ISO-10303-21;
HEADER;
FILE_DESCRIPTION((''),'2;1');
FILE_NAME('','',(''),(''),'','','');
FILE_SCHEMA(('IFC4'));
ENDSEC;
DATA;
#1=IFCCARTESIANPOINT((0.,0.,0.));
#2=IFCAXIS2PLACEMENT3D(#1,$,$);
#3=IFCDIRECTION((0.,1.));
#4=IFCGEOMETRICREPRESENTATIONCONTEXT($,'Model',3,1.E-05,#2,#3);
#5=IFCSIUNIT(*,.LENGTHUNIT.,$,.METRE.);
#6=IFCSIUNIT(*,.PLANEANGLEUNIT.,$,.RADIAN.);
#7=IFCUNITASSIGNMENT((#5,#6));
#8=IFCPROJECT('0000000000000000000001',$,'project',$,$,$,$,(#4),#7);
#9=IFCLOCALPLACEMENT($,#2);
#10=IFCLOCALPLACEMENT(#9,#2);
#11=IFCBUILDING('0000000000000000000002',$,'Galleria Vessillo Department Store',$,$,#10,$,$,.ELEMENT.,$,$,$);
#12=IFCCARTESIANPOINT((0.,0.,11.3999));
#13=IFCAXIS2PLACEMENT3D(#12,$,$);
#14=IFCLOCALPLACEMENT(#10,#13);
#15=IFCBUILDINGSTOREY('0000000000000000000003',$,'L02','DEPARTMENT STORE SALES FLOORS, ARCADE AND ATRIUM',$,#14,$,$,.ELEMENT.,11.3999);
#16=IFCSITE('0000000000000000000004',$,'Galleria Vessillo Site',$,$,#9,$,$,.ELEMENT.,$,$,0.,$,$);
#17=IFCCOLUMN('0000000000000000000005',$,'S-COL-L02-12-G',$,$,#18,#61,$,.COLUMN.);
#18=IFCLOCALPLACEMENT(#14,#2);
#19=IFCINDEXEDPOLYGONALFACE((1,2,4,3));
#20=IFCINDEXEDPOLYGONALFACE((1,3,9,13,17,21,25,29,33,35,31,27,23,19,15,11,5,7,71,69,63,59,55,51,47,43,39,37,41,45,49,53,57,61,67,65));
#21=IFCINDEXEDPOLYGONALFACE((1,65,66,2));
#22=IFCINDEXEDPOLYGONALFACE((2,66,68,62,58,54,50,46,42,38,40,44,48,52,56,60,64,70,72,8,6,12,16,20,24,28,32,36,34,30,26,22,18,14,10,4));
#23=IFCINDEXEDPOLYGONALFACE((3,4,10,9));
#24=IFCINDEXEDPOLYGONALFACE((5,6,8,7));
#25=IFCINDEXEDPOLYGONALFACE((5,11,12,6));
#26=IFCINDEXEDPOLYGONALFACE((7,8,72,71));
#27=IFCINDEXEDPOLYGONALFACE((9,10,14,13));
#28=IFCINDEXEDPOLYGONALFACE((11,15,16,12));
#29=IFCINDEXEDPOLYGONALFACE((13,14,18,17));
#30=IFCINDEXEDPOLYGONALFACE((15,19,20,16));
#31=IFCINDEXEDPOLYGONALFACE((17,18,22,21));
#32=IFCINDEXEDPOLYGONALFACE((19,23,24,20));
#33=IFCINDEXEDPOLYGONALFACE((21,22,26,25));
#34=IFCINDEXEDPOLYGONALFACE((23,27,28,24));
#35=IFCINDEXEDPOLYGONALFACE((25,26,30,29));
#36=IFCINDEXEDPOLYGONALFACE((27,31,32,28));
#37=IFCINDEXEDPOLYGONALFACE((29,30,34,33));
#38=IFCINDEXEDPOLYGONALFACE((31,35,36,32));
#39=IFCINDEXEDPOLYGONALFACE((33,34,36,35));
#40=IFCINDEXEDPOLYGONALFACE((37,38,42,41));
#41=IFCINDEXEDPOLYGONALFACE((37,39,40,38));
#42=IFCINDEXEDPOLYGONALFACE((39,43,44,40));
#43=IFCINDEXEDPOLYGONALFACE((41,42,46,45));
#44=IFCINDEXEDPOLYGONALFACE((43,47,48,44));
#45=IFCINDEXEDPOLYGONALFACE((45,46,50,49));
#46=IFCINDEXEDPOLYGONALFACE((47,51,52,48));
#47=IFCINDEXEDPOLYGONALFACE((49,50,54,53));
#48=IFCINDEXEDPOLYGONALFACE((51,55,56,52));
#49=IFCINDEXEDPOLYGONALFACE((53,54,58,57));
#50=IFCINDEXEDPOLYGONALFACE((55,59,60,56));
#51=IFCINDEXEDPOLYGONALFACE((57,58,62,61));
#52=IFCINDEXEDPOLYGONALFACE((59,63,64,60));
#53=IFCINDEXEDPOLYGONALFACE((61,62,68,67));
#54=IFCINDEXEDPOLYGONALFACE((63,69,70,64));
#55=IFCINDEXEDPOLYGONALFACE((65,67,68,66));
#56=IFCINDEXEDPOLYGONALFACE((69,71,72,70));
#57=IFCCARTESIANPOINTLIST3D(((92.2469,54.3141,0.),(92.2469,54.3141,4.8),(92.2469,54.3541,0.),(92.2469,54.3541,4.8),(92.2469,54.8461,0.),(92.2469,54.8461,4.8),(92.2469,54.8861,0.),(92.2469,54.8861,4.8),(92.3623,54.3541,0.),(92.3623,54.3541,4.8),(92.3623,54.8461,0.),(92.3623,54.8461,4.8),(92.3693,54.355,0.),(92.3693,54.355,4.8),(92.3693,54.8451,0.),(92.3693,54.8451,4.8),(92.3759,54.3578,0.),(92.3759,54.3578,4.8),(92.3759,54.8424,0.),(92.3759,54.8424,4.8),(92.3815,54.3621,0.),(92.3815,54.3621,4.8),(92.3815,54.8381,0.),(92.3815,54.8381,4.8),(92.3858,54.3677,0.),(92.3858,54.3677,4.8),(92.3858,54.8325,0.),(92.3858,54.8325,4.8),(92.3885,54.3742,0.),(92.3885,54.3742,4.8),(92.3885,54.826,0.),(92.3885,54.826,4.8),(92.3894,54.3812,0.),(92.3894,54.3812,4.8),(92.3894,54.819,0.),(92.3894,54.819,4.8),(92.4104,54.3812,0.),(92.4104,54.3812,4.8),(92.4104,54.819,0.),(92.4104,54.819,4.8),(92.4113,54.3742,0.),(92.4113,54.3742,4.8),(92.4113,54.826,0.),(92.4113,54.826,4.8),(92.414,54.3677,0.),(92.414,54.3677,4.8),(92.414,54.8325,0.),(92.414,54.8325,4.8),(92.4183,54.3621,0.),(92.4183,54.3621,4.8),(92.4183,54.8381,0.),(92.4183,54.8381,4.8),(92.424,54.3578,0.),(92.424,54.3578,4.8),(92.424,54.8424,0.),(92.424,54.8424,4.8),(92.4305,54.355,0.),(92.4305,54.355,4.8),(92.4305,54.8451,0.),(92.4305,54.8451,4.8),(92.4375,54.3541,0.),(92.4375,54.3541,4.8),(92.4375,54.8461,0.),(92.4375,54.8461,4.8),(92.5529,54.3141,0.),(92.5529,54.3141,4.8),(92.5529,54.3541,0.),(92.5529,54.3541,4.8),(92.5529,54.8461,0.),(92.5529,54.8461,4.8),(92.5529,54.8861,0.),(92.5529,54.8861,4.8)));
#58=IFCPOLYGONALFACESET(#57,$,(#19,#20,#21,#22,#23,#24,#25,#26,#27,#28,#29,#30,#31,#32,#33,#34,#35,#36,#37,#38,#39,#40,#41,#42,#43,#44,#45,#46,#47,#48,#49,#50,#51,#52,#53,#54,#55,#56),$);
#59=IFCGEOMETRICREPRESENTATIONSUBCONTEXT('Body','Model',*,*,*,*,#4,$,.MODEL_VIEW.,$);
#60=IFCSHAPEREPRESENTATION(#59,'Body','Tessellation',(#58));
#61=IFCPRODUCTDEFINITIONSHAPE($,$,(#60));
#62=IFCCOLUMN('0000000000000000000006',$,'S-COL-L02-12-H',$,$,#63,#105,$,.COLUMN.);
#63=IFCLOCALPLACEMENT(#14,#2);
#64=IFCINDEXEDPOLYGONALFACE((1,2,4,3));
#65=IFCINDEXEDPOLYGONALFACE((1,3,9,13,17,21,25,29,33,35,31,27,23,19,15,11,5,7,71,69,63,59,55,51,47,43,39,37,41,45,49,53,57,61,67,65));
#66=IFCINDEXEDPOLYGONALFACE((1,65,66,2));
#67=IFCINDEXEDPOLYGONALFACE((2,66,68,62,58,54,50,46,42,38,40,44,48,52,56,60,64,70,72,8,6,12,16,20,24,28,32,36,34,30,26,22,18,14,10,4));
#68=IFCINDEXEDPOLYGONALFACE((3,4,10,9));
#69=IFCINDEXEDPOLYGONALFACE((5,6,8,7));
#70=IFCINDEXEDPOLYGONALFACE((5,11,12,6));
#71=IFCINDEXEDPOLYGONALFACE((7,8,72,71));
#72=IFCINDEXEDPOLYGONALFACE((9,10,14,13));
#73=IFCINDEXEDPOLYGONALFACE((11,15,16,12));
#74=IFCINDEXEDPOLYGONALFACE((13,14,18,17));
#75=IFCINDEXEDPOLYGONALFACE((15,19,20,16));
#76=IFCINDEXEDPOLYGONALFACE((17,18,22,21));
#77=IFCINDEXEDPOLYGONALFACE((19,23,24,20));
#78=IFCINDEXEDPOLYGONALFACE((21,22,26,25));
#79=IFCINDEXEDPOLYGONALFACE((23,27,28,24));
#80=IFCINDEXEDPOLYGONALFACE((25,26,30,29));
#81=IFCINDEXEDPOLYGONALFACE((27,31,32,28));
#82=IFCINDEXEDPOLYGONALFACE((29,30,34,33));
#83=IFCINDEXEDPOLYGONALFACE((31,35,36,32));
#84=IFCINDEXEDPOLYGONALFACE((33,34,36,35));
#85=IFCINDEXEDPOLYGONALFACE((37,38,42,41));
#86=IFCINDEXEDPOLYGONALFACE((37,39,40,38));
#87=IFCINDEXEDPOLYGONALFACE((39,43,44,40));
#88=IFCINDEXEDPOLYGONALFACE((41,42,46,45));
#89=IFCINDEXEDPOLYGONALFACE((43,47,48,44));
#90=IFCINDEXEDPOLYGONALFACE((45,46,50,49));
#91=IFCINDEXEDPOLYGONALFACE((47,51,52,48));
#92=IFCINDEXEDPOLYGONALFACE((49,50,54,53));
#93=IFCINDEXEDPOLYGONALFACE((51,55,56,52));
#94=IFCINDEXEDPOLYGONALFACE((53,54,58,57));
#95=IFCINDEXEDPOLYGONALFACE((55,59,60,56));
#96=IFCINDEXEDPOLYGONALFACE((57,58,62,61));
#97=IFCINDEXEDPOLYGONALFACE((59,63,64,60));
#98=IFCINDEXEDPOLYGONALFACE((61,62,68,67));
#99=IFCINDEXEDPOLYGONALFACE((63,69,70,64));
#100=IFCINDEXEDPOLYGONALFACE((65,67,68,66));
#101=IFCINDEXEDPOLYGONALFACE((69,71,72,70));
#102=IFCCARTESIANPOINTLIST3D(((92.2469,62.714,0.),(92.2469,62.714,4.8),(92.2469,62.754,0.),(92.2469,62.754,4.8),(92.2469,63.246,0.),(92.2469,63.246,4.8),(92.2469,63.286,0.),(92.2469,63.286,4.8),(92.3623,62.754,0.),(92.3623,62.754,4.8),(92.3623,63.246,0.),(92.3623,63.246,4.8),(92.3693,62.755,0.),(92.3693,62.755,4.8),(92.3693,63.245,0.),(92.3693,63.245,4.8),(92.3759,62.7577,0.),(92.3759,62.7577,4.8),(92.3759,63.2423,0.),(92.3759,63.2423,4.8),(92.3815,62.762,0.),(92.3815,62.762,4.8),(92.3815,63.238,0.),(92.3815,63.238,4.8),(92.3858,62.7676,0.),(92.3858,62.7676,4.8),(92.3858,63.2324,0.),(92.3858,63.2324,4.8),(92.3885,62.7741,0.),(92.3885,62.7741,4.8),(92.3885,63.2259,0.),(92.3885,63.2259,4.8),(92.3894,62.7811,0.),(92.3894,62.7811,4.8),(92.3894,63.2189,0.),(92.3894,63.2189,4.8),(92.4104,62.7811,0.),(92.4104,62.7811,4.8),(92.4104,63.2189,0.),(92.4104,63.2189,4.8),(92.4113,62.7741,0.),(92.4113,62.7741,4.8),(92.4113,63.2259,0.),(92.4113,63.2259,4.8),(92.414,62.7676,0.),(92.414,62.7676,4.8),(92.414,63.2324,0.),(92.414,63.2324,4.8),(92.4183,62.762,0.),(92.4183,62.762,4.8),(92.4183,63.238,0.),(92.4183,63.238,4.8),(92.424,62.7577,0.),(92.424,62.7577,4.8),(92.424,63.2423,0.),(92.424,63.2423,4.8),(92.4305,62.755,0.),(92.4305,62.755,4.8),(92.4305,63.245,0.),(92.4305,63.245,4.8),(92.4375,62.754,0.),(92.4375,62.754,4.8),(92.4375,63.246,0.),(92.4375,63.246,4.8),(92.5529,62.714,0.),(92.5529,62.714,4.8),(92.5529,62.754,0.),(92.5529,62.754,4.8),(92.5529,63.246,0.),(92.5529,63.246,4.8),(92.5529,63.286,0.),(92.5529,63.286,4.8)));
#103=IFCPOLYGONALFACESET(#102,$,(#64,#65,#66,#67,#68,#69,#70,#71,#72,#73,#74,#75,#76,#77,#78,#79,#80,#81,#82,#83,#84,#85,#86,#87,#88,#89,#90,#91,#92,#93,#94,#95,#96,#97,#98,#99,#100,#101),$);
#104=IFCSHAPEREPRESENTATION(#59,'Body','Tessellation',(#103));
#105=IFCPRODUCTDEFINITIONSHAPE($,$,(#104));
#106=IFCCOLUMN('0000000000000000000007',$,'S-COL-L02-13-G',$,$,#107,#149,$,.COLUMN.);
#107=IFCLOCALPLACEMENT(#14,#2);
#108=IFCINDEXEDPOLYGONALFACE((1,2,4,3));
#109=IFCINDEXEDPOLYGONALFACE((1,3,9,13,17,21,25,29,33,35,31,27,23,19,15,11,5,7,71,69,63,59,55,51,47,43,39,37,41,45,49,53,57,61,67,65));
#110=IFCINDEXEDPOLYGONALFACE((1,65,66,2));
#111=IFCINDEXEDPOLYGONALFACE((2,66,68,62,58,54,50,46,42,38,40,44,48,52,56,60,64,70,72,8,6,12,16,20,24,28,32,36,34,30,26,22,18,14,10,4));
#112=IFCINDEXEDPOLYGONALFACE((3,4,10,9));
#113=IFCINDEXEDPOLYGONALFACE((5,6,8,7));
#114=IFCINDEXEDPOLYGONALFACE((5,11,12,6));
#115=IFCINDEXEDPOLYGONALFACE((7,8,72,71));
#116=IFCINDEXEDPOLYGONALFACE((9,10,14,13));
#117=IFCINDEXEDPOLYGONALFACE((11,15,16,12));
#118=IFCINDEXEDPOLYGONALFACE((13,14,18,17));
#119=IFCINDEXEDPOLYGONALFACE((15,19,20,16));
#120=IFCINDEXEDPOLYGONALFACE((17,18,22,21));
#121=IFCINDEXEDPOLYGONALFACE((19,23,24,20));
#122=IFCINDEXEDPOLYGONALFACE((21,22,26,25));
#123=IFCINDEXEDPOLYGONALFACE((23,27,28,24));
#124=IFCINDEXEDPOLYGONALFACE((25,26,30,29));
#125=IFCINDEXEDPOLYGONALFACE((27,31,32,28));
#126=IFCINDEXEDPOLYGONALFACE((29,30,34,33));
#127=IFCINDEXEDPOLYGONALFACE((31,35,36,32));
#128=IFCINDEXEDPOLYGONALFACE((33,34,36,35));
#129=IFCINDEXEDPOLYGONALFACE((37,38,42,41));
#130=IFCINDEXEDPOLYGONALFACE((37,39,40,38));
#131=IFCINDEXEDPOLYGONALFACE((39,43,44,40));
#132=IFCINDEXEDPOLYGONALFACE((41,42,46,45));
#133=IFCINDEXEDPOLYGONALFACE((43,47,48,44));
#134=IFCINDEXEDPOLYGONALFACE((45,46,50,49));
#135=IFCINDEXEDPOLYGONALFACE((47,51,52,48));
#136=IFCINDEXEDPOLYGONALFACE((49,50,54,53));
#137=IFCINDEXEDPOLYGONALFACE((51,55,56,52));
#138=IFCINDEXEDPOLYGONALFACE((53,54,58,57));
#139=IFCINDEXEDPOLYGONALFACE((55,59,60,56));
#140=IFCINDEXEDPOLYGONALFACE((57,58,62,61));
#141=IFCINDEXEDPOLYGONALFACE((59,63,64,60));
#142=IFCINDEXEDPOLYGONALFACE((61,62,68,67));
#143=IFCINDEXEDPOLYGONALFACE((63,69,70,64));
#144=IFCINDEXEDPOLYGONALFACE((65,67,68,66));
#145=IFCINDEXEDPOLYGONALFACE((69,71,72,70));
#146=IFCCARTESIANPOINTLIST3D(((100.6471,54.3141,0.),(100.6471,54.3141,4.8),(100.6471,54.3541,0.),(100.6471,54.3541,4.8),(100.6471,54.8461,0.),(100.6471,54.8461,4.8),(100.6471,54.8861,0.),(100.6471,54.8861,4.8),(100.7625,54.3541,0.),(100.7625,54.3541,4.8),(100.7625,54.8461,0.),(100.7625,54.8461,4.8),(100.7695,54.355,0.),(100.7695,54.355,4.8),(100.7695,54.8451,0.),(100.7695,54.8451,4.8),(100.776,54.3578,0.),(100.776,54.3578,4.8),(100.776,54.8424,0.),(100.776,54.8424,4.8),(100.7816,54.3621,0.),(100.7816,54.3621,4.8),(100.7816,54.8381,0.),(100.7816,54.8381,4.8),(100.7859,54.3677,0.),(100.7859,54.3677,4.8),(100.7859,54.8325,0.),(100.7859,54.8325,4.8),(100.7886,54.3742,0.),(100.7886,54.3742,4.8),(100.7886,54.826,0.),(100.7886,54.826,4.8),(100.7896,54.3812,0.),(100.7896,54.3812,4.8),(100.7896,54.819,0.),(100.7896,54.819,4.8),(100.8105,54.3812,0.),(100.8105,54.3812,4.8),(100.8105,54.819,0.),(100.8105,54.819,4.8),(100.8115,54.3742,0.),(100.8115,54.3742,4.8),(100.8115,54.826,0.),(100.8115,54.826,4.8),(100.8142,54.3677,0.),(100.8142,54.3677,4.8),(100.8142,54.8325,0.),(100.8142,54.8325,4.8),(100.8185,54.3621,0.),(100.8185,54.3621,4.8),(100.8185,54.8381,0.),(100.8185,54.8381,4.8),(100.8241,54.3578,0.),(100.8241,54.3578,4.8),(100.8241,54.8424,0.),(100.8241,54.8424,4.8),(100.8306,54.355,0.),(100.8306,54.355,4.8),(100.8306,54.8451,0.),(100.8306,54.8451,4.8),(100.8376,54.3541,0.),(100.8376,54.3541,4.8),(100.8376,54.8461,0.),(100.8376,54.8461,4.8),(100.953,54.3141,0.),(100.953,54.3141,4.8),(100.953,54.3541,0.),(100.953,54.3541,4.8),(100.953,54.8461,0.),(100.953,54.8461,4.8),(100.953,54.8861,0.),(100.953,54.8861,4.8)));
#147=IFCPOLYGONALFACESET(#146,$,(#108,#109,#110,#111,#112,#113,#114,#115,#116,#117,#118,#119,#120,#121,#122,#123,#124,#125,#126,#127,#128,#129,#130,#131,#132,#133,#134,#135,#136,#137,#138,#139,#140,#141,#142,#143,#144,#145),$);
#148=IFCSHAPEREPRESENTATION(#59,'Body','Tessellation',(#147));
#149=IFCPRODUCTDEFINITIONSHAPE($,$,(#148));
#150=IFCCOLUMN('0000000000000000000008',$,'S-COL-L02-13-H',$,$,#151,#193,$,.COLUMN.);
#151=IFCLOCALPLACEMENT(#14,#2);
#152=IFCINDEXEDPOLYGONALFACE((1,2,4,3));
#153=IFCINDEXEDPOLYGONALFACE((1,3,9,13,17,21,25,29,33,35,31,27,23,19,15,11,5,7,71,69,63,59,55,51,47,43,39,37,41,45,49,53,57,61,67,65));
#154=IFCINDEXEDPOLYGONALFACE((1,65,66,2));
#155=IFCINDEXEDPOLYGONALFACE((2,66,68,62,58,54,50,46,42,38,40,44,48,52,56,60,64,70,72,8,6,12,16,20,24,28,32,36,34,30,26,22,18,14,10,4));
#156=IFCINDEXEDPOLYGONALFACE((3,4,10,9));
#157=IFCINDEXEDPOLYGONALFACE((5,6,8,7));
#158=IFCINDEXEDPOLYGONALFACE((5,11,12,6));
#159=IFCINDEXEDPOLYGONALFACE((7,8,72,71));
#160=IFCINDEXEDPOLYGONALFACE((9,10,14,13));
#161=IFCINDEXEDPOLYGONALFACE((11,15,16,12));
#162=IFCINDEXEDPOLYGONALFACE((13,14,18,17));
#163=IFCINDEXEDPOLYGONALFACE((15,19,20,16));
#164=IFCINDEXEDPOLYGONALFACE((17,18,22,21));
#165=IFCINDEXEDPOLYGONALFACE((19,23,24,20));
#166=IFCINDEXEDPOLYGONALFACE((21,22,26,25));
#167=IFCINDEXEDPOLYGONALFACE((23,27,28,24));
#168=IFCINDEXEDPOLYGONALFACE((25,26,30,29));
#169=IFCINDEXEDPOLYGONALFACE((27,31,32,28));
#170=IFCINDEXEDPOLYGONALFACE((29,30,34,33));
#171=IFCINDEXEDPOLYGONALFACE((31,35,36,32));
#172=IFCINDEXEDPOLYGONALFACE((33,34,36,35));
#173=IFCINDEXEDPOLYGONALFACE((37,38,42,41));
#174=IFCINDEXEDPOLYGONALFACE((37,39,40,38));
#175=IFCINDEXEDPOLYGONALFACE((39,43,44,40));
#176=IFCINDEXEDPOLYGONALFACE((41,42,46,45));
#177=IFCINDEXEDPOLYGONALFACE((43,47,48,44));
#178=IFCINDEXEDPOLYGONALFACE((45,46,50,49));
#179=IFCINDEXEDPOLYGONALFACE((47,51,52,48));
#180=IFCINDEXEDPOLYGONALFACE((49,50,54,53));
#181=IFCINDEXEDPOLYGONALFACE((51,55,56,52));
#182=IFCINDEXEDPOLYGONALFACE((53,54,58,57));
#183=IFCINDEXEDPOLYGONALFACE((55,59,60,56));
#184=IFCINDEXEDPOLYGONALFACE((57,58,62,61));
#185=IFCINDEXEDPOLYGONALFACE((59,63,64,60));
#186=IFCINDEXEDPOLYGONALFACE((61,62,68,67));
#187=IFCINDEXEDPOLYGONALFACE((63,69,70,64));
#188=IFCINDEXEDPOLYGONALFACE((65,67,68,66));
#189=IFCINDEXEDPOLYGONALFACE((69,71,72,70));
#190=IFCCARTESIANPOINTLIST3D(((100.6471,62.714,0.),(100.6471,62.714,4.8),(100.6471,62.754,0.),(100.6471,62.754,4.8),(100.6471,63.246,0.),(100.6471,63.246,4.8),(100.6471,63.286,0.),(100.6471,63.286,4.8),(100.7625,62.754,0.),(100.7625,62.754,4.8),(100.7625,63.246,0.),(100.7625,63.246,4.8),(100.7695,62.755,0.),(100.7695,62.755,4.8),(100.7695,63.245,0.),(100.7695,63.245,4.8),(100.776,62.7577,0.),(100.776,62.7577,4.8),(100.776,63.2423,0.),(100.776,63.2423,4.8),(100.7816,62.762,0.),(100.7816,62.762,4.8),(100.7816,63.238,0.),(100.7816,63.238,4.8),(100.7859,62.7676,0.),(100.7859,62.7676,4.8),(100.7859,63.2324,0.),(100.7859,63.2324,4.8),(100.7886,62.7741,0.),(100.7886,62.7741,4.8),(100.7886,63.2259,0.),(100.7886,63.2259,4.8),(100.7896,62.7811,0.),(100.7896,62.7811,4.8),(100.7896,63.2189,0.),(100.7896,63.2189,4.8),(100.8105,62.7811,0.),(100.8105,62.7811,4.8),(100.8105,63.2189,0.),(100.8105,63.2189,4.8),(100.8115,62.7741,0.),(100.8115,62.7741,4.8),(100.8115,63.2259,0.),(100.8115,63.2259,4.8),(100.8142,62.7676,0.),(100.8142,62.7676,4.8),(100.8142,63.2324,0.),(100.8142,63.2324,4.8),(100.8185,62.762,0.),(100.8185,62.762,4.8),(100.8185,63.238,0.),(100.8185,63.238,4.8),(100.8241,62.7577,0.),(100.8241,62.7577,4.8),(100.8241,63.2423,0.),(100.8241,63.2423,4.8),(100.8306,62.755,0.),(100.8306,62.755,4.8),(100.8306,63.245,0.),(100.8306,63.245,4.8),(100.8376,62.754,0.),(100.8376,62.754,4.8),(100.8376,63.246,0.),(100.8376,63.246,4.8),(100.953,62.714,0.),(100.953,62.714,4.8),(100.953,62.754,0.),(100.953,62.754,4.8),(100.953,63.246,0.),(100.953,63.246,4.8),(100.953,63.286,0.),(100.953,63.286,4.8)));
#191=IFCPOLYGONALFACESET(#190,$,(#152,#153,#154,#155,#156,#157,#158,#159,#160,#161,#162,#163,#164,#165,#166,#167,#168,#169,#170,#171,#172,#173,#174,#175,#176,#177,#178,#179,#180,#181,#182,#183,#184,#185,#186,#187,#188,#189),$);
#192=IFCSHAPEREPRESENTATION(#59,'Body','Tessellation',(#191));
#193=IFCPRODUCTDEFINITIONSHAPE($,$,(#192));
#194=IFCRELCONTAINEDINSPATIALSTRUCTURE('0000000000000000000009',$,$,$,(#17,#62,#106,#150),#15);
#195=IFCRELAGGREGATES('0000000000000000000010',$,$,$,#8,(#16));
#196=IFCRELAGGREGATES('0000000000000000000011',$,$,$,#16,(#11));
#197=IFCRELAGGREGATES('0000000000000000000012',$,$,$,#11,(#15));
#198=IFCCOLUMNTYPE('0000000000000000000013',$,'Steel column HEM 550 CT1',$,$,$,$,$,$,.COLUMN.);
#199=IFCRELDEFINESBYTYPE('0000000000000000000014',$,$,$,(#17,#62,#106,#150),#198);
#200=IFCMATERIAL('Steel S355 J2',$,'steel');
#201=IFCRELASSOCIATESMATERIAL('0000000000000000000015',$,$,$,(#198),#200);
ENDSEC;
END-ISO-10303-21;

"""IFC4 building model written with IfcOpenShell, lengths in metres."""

from ifc_helpers import new_model, si_unit, direction, frame, origin, origin_2d, place, context, subcontext, project, spatial, i_section, extrude, material, material_profile, profile_set, type_object, element, save


model = new_model("IFC4")

# Units and contexts
model_context = context("Model", 3, precision=1e-05, world=origin(), true_north=direction((0.0, 1.0)))
body_context = subcontext(model_context, "Body", "Model", "MODEL_VIEW")
ifc_project = project(units=[si_unit("LENGTHUNIT", "METRE"), si_unit("PLANEANGLEUNIT", "RADIAN")], contexts=[model_context])

# Site, building, storey
site_placement = place(None, origin())
site = spatial("IfcSite", under=ifc_project, at=site_placement, Name="Galleria Vessillo Site", CompositionType="ELEMENT", RefElevation=0.0)
building_placement = place(site_placement, origin())
building = spatial("IfcBuilding", under=site, at=building_placement, Name="Galleria Vessillo Department Store", CompositionType="ELEMENT")
storey_placement = place(building_placement, frame((0.0, 0.0, 11.3999)))
storey = spatial("IfcBuildingStorey", under=building, at=storey_placement, Name="L02", Description="DEPARTMENT STORE SALES FLOORS, ARCADE AND ATRIUM", CompositionType="ELEMENT", Elevation=11.3999)

# Columns
ifc_material_1 = material(Name="Steel S355 J2", Category="steel")
ifc_material_profile_1 = material_profile(ifc_material_1, i_section(OverallWidth=0.3059, OverallDepth=0.572, WebThickness=0.021, FlangeThickness=0.04, FilletRadius=0.0271, at=origin_2d()), Name="HEM 550")
ifc_profile_set_1 = profile_set([ifc_material_profile_1], Name="Steel S355 J2")
column_type = type_object("IfcColumnType", Name="Steel column HEM 550 CT1", PredefinedType="COLUMN", material=ifc_profile_set_1)
for number, where, z_axis, x_axis, name in (
    (1, (92.3999, 54.6001, 0.0), (0.0, 0.0, 1.0), (1.0, 0.0, 0.0), "S-COL-L02-12-G"),
    (2, (92.3999, 63.0, 0.0), (0.0, 0.0, 1.0), (1.0, 0.0, 0.0), "S-COL-L02-12-H"),
    (3, (100.8, 54.6001, 0.0), (0.0, 0.0, 1.0), (1.0, 0.0, 0.0), "S-COL-L02-13-G"),
    (4, (100.8, 63.0, 0.0), (0.0, 0.0, 1.0), (1.0, 0.0, 0.0), "S-COL-L02-13-H"),
):
    element("IfcColumn", number, at=place(storey_placement, frame(where, z_axis=z_axis, x_axis=x_axis)), inside=storey, type_object=column_type, Name=name, PredefinedType="COLUMN", context=body_context, shape_type="SweptSolid", body=[
        extrude(i_section(OverallWidth=0.3059, OverallDepth=0.572, WebThickness=0.021, FlangeThickness=0.04, FilletRadius=0.0271, at=origin_2d()), origin(), (0.0, 0.0, 1.0), 4.8),
    ])

save(model, "model.ifc")
